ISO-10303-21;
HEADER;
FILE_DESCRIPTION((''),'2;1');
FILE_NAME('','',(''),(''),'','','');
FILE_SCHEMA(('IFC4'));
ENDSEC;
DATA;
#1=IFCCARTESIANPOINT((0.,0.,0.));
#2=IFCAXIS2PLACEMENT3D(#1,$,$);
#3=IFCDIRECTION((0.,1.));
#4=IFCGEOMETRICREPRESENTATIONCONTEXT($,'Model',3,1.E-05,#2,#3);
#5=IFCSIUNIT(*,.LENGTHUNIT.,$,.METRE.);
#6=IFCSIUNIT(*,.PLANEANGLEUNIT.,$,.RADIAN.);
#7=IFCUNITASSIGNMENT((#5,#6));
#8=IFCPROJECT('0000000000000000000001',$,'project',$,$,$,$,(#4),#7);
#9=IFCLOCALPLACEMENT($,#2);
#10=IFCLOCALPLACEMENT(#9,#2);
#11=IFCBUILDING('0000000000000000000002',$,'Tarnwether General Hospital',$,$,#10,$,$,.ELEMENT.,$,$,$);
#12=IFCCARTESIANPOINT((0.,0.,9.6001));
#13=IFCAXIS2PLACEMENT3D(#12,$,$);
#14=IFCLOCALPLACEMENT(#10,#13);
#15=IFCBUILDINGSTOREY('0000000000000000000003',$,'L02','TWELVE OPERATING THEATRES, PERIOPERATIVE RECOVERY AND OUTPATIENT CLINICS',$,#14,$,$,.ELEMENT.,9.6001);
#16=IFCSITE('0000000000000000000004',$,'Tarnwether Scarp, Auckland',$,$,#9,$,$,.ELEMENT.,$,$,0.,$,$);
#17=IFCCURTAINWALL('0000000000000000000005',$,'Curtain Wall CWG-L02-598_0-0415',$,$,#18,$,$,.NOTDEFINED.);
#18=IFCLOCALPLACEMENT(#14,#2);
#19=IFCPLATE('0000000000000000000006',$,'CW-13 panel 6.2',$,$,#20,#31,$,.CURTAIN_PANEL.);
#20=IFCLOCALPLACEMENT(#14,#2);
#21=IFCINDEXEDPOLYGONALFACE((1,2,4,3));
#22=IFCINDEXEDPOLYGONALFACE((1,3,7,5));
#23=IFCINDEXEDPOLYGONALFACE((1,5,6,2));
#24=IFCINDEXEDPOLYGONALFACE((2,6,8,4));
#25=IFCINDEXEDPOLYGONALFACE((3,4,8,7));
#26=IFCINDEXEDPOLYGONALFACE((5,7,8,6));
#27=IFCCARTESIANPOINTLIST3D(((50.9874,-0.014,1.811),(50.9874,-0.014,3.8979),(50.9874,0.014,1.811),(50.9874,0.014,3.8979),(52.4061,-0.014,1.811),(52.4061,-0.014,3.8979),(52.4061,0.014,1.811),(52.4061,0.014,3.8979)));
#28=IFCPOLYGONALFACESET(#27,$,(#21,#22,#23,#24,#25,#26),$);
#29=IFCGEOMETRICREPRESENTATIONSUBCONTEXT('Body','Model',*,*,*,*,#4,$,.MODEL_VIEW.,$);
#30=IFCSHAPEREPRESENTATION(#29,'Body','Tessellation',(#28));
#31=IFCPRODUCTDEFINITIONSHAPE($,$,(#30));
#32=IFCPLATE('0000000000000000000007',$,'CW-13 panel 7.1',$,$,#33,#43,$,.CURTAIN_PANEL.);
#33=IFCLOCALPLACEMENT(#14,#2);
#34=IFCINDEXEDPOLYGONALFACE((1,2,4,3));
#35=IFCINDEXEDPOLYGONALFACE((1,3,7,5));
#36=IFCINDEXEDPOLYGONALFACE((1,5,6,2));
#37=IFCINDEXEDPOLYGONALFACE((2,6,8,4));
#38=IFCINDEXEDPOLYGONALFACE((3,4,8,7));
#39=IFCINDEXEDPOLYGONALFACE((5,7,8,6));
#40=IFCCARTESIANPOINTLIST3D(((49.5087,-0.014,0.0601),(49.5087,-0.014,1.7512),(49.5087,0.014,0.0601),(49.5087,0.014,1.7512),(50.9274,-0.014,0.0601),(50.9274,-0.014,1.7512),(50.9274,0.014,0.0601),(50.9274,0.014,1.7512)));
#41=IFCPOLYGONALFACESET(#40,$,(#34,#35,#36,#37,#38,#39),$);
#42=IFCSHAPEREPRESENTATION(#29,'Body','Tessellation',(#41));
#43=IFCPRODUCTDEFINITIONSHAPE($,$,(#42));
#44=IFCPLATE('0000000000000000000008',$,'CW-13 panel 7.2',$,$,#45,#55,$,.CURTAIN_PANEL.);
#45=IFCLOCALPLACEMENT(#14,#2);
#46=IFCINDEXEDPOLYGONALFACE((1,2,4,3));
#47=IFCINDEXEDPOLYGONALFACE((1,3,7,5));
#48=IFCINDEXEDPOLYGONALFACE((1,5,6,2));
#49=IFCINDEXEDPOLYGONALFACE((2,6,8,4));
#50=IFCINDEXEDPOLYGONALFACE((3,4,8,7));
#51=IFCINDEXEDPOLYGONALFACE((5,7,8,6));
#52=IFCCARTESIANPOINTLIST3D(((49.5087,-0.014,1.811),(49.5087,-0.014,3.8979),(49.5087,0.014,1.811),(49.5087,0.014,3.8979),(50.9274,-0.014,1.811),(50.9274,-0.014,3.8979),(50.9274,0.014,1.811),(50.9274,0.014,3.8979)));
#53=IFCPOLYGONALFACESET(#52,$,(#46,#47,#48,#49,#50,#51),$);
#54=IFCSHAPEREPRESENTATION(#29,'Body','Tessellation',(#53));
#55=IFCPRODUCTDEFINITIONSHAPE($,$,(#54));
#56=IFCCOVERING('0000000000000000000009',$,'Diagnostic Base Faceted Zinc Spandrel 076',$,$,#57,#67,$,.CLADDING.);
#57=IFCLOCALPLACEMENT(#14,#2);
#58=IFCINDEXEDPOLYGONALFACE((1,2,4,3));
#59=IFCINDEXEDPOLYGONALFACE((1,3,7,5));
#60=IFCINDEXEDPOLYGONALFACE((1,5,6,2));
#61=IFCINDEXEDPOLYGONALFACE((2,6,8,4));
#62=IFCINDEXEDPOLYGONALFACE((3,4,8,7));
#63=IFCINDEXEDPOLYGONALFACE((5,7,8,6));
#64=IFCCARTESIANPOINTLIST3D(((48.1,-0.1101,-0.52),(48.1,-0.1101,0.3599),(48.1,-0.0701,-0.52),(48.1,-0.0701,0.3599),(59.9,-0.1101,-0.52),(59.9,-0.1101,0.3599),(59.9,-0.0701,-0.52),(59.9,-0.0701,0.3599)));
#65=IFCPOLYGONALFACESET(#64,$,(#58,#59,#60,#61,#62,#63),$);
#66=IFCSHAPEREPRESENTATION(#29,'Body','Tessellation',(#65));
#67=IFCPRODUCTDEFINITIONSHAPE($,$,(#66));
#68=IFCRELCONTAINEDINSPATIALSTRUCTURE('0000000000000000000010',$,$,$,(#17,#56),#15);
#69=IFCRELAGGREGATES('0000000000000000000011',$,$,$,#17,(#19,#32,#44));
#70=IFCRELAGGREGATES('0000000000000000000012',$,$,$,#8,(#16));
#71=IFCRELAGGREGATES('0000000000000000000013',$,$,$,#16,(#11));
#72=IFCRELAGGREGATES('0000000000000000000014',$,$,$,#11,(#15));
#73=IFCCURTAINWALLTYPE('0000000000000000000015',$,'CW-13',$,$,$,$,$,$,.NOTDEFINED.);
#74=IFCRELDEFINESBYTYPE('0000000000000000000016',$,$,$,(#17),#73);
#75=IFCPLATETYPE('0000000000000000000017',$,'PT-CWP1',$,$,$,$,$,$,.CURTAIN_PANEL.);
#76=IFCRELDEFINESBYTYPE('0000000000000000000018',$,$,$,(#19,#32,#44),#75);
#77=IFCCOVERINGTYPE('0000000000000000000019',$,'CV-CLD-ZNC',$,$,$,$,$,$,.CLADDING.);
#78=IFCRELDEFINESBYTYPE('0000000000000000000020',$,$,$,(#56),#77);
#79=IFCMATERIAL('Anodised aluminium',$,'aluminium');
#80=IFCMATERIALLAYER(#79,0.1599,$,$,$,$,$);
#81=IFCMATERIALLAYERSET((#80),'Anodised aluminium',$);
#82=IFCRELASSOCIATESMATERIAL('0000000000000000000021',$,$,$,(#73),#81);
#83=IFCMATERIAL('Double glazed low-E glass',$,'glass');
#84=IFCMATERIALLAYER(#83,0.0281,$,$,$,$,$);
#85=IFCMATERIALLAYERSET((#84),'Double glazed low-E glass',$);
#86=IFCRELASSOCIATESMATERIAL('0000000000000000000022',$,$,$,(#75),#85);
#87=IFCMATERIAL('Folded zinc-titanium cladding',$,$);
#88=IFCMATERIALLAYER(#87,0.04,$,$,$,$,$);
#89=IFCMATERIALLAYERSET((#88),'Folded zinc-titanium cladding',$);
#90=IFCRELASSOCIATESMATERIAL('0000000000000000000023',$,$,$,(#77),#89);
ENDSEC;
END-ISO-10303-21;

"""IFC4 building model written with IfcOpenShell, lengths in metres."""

from ifc_helpers import new_model, si_unit, direction, frame, origin, origin_2d, place, context, subcontext, project, spatial, rectangle, extrude, material, layer, layer_set, type_object, element, aggregate, save


model = new_model("IFC4")

# Units and contexts
model_context = context("Model", 3, precision=1e-05, world=origin(), true_north=direction((0.0, 1.0)))
body_context = subcontext(model_context, "Body", "Model", "MODEL_VIEW")
ifc_project = project(units=[si_unit("LENGTHUNIT", "METRE"), si_unit("PLANEANGLEUNIT", "RADIAN")], contexts=[model_context])

# Site, building, storey
site_placement = place(None, origin())
site = spatial("IfcSite", under=ifc_project, at=site_placement, Name="Tarnwether Scarp, Auckland", CompositionType="ELEMENT", RefElevation=0.0)
building_placement = place(site_placement, origin())
building = spatial("IfcBuilding", under=site, at=building_placement, Name="Tarnwether General Hospital", CompositionType="ELEMENT")
storey_placement = place(building_placement, frame((0.0, 0.0, 9.6001)))
storey = spatial("IfcBuildingStorey", under=building, at=storey_placement, Name="L02", Description="TWELVE OPERATING THEATRES, PERIOPERATIVE RECOVERY AND OUTPATIENT CLINICS", CompositionType="ELEMENT", Elevation=9.6001)

# Curtain wall, plates
ifc_material_1 = material(Name="Anodised aluminium", Category="aluminium")
ifc_layer_1 = layer(ifc_material_1, 0.1599)
ifc_layer_set_1 = layer_set([ifc_layer_1], Name="Anodised aluminium")
curtain_wall_type = type_object("IfcCurtainWallType", Name="CW-13", PredefinedType="NOTDEFINED", material=ifc_layer_set_1)
curtain_wall_placement = place(storey_placement, origin())
curtain_wall = element("IfcCurtainWall", 1, at=curtain_wall_placement, inside=storey, type_object=curtain_wall_type, Name="Curtain Wall CWG-L02-598_0-0415", PredefinedType="NOTDEFINED")
ifc_material_2 = material(Name="Double glazed low-E glass", Category="glass")
ifc_layer_2 = layer(ifc_material_2, 0.0281)
ifc_layer_set_2 = layer_set([ifc_layer_2], Name="Double glazed low-E glass")
plate_type = type_object("IfcPlateType", Name="PT-CWP1", PredefinedType="CURTAIN_PANEL", material=ifc_layer_set_2)
plate_1_placement = place(storey_placement, frame((51.6968, 0.0, 1.811), z_axis=(0.0, 0.0, 1.0), x_axis=(-1.0, 0.0, 0.0)))
plate_1 = element("IfcPlate", 2, at=plate_1_placement, type_object=plate_type, Name="CW-13 panel 6.2", PredefinedType="CURTAIN_PANEL", context=body_context, shape_type="SweptSolid", body=[
    extrude(rectangle(XDim=1.4187, YDim=0.0281, at=origin_2d()), origin(), (0.0, 0.0, 1.0), 2.0869),
])
plate_2_placement = place(storey_placement, frame((50.218, 0.0, 0.0601), z_axis=(0.0, 0.0, 1.0), x_axis=(-1.0, 0.0, 0.0)))
plate_2 = element("IfcPlate", 3, at=plate_2_placement, type_object=plate_type, Name="CW-13 panel 7.1", PredefinedType="CURTAIN_PANEL", context=body_context, shape_type="SweptSolid", body=[
    extrude(rectangle(XDim=1.4187, YDim=0.0281, at=origin_2d()), origin(), (0.0, 0.0, 1.0), 1.6912),
])
plate_3_placement = place(storey_placement, frame((50.218, 0.0, 1.811), z_axis=(0.0, 0.0, 1.0), x_axis=(-1.0, 0.0, 0.0)))
plate_3 = element("IfcPlate", 4, at=plate_3_placement, type_object=plate_type, Name="CW-13 panel 7.2", PredefinedType="CURTAIN_PANEL", context=body_context, shape_type="SweptSolid", body=[
    extrude(rectangle(XDim=1.4187, YDim=0.0281, at=origin_2d()), origin(), (0.0, 0.0, 1.0), 2.0869),
])
aggregate(curtain_wall, [plate_1, plate_2, plate_3])

# Covering
ifc_material_3 = material(Name="Folded zinc-titanium cladding")
ifc_layer_3 = layer(ifc_material_3, 0.04)
ifc_layer_set_3 = layer_set([ifc_layer_3], Name="Folded zinc-titanium cladding")
covering_type = type_object("IfcCoveringType", Name="CV-CLD-ZNC", PredefinedType="CLADDING", material=ifc_layer_set_3)
covering_placement = place(storey_placement, frame((54.0, -0.0901, -0.52), z_axis=(0.0, 0.0, 1.0), x_axis=(1.0, 0.0, 0.0)))
element("IfcCovering", 5, at=covering_placement, inside=storey, type_object=covering_type, Name="Diagnostic Base Faceted Zinc Spandrel 076", PredefinedType="CLADDING", context=body_context, shape_type="SweptSolid", body=[
    extrude(rectangle(XDim=11.8, YDim=0.04, at=origin_2d()), origin(), (0.0, 0.0, 1.0), 0.8799),
])

save(model, "model.ifc")
